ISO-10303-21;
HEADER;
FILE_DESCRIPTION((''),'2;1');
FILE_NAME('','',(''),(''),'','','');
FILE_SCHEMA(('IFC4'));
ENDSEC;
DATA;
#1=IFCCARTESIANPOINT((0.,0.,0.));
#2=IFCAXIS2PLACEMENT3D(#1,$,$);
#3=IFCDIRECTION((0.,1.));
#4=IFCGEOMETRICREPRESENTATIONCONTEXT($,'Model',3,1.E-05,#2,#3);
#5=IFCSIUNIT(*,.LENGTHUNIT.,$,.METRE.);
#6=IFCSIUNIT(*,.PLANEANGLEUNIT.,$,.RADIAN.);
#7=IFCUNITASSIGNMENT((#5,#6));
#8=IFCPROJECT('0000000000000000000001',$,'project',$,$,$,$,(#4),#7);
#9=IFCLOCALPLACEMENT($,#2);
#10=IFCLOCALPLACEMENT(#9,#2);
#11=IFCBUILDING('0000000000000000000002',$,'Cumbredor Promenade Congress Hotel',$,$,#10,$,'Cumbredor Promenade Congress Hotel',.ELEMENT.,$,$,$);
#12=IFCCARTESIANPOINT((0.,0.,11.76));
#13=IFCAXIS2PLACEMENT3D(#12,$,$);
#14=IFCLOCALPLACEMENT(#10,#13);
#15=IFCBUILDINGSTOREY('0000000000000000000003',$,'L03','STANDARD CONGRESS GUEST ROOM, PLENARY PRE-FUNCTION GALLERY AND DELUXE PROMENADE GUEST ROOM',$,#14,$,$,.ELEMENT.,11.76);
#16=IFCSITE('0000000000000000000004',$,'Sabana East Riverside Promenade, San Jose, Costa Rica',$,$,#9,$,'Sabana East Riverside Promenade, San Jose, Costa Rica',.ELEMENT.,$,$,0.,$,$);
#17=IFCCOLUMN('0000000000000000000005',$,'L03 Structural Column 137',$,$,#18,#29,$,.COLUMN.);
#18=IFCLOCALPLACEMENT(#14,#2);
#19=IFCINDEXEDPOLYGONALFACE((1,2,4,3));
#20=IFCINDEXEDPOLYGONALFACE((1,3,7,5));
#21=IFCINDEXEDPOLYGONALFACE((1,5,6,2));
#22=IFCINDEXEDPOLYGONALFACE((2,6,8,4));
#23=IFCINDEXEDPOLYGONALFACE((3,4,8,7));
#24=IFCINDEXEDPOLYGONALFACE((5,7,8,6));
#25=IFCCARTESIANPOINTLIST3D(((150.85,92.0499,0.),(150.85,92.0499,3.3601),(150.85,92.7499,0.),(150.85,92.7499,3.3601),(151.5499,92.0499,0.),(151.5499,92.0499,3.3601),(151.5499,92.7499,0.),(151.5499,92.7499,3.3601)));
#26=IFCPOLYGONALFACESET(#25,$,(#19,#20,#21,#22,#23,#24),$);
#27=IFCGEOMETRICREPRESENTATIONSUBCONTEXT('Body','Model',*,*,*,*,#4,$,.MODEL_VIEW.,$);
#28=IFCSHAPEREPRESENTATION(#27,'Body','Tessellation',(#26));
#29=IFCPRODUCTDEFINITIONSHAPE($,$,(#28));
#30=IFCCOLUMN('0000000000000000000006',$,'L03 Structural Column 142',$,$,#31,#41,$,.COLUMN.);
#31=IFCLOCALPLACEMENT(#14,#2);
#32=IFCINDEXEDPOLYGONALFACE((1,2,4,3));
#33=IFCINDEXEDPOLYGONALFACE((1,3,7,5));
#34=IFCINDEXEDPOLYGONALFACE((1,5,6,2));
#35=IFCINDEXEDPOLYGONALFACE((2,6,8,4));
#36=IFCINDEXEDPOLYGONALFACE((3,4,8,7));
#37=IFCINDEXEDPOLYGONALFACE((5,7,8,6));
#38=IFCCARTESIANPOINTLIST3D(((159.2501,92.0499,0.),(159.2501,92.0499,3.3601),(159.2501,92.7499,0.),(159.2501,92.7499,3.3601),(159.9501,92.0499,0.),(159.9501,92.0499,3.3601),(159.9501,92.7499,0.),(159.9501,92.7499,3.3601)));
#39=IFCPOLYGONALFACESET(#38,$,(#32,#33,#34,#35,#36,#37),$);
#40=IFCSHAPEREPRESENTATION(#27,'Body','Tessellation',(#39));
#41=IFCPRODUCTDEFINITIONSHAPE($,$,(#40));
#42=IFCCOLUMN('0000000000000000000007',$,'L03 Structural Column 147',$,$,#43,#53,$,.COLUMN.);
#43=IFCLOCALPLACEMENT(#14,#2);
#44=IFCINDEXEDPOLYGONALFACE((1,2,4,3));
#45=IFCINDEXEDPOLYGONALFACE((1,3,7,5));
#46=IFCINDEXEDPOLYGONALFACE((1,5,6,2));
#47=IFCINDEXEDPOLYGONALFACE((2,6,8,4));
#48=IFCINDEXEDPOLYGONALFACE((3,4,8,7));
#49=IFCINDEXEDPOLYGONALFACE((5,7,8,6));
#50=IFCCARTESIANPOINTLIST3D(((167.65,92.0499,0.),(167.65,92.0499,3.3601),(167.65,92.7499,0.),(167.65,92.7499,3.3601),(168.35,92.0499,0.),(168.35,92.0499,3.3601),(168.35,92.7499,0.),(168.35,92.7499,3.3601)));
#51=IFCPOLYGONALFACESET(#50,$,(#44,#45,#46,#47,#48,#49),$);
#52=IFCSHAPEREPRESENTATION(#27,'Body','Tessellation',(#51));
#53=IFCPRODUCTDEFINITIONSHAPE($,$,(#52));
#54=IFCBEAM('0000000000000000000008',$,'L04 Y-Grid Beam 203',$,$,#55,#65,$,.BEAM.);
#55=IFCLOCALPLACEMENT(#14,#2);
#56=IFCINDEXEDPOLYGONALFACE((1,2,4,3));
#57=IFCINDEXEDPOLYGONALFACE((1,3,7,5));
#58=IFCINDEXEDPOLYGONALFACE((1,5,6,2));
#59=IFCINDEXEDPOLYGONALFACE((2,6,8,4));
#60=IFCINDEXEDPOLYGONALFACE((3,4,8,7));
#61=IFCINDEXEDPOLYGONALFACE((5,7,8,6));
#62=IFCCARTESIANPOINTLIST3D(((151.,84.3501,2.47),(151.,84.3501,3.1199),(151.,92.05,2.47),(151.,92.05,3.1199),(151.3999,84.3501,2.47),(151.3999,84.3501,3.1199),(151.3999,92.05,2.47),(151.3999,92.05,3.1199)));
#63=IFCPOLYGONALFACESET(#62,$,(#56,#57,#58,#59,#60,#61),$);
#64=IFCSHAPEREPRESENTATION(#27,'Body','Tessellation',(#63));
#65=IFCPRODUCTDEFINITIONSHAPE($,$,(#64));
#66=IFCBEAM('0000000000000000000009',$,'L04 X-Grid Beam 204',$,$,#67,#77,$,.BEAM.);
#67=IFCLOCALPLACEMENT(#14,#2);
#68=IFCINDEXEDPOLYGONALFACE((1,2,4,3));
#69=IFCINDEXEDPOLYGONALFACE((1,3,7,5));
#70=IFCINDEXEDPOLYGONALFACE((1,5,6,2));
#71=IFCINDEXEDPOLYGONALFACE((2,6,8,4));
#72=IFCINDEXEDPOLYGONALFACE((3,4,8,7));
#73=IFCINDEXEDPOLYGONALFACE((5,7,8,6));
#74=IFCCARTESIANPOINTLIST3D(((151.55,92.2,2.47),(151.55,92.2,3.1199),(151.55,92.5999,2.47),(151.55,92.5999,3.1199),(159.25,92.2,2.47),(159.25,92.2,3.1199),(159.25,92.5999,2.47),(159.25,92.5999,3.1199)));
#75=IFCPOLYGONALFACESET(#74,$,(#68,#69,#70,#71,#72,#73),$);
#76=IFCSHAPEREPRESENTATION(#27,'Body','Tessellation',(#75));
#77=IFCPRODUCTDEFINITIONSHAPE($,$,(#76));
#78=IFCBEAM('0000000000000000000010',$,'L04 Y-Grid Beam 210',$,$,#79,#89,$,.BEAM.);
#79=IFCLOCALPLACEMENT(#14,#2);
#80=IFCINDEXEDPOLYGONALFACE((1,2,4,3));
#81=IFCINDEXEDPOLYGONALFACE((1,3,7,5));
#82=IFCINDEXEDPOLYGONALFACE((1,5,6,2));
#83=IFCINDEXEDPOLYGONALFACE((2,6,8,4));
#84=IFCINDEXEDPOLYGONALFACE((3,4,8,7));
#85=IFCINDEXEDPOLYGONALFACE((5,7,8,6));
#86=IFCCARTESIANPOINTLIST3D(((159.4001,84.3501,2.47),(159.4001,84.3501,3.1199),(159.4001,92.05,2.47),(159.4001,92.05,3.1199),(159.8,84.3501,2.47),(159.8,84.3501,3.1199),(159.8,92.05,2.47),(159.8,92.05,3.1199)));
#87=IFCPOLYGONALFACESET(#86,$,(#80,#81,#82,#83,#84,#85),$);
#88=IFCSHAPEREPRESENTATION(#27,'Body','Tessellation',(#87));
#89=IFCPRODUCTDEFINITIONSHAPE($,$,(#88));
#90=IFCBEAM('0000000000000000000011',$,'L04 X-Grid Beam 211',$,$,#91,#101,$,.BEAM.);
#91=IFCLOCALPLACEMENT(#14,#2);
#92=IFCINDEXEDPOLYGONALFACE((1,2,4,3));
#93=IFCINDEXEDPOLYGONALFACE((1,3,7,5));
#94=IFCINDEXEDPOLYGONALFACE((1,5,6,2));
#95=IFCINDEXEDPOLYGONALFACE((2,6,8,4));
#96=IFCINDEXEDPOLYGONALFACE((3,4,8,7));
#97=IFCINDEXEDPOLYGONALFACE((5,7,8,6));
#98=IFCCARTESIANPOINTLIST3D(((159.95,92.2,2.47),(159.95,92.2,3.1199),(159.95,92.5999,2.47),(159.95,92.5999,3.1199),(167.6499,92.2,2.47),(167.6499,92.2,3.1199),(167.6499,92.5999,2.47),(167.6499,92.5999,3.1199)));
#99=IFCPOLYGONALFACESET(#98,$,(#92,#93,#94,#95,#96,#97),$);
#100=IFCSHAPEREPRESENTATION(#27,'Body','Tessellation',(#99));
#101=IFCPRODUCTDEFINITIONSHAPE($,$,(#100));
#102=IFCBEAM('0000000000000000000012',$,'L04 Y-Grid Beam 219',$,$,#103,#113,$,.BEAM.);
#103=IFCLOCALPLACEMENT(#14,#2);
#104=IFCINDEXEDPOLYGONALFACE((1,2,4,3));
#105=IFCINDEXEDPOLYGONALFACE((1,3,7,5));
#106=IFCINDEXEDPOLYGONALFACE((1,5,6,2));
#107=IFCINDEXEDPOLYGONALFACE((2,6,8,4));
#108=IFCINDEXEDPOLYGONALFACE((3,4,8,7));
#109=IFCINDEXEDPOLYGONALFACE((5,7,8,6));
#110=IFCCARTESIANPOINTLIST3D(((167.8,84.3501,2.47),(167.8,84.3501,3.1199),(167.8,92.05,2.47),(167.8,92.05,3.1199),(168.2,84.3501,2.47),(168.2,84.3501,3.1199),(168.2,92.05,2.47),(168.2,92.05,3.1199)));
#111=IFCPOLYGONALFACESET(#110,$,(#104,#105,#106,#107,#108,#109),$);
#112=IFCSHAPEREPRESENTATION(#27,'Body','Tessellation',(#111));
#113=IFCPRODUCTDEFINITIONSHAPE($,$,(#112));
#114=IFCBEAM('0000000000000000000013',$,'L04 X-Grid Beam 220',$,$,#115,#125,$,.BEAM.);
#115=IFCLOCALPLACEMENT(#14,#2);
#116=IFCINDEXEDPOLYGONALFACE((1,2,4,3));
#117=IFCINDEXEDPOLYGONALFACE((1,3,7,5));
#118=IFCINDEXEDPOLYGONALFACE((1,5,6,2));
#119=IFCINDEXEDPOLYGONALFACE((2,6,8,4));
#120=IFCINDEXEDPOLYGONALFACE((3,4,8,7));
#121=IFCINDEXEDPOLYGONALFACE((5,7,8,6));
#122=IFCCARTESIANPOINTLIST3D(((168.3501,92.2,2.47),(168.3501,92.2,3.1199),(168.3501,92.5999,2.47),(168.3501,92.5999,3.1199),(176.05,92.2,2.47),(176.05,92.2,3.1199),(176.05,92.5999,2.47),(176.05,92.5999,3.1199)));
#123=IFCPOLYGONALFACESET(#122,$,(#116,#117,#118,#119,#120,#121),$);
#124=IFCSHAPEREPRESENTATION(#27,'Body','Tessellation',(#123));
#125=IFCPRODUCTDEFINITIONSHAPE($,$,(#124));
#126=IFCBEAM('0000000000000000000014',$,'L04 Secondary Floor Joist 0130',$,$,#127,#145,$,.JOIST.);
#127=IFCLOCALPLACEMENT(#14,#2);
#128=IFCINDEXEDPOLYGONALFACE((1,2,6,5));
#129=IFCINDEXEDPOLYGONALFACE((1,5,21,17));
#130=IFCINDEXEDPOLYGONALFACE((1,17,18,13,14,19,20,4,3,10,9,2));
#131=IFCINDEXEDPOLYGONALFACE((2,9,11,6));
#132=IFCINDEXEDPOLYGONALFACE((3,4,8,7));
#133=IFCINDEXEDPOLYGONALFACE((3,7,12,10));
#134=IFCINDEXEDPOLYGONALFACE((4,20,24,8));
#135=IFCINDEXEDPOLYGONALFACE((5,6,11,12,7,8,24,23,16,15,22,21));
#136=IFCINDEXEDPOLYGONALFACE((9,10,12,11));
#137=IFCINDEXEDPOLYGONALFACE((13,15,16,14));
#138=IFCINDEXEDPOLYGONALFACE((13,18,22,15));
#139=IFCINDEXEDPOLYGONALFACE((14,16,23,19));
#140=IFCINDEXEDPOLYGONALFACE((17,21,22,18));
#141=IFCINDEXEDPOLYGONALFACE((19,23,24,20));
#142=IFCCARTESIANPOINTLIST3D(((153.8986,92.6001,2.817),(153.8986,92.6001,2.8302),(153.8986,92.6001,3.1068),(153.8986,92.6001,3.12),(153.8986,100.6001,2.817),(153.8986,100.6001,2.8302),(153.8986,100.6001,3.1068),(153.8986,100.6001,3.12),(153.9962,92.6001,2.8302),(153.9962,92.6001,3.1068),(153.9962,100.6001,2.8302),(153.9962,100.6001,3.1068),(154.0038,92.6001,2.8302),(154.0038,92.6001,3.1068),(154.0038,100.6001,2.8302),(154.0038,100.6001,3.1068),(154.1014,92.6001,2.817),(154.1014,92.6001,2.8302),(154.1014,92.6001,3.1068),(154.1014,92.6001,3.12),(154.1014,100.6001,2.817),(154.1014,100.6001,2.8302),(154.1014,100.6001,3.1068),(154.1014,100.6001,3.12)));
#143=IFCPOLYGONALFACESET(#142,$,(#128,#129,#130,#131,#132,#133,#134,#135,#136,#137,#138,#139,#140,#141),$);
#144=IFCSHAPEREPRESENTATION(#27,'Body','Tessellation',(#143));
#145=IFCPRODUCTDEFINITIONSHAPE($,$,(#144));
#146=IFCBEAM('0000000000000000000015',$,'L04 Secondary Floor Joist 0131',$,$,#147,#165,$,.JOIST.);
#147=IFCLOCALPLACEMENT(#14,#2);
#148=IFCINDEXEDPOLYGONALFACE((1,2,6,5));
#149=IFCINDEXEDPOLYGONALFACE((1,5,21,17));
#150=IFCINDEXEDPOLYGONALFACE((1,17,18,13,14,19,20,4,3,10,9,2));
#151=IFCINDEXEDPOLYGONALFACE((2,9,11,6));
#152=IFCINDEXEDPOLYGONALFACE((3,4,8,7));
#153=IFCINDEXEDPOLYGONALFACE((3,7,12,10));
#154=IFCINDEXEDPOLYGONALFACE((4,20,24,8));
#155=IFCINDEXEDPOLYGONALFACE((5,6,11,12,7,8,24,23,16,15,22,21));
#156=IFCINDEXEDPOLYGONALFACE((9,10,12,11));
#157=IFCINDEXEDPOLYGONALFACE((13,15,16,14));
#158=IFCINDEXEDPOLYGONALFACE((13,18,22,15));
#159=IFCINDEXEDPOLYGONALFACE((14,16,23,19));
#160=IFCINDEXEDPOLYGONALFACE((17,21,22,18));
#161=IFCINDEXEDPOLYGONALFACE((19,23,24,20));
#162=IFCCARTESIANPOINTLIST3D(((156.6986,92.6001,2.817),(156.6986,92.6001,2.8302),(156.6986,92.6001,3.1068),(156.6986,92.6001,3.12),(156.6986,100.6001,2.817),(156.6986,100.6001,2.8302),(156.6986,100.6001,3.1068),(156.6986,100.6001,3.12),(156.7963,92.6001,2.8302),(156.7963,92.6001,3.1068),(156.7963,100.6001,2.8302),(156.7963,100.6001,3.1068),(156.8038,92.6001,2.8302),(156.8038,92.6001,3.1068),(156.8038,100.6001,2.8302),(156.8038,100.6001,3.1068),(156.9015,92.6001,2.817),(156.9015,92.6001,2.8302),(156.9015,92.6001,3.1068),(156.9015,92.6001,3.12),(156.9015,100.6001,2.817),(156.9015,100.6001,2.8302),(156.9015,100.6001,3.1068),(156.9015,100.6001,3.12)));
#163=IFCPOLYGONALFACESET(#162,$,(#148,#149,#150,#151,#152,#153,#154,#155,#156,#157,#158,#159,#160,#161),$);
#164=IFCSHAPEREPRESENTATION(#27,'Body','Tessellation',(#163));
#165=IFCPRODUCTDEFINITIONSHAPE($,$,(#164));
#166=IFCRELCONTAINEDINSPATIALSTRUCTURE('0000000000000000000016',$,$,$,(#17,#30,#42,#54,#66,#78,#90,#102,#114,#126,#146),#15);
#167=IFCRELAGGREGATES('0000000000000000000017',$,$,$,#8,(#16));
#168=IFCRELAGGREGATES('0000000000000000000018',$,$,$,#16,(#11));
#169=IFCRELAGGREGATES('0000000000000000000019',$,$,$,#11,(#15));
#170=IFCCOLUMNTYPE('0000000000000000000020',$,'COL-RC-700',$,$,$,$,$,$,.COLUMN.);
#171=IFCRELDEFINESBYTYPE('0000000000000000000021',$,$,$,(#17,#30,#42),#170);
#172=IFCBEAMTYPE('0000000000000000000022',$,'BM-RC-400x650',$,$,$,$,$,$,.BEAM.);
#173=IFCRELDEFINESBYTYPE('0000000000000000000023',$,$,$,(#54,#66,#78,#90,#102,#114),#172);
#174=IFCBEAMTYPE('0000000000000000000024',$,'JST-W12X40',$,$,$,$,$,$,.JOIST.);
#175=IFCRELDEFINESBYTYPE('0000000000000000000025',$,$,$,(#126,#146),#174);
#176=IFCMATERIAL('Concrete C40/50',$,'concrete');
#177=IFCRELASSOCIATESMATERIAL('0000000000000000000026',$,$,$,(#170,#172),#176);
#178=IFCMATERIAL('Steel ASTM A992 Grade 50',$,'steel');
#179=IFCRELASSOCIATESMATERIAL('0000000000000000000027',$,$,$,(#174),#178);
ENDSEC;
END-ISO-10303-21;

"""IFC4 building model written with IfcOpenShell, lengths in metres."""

from ifc_helpers import new_model, si_unit, direction, frame, origin, origin_2d, place, context, subcontext, project, spatial, rectangle, i_section, extrude, material, material_profile, profile_set, type_object, element, save


model = new_model("IFC4")

# Units and contexts
model_context = context("Model", 3, precision=1e-05, world=origin(), true_north=direction((0.0, 1.0)))
body_context = subcontext(model_context, "Body", "Model", "MODEL_VIEW")
ifc_project = project(units=[si_unit("LENGTHUNIT", "METRE"), si_unit("PLANEANGLEUNIT", "RADIAN")], contexts=[model_context])

# Site, building, storey
site_placement = place(None, origin())
site = spatial("IfcSite", under=ifc_project, at=site_placement, Name="Sabana East Riverside Promenade, San Jose, Costa Rica", LongName="Sabana East Riverside Promenade, San Jose, Costa Rica", CompositionType="ELEMENT", RefElevation=0.0)
building_placement = place(site_placement, origin())
building = spatial("IfcBuilding", under=site, at=building_placement, Name="Cumbredor Promenade Congress Hotel", LongName="Cumbredor Promenade Congress Hotel", CompositionType="ELEMENT")
storey_placement = place(building_placement, frame((0.0, 0.0, 11.76)))
storey = spatial("IfcBuildingStorey", under=building, at=storey_placement, Name="L03", Description="STANDARD CONGRESS GUEST ROOM, PLENARY PRE-FUNCTION GALLERY AND DELUXE PROMENADE GUEST ROOM", CompositionType="ELEMENT", Elevation=11.76)

# Columns
ifc_material_1 = material(Name="Concrete C40/50", Category="concrete")
ifc_material_profile_1 = material_profile(ifc_material_1, rectangle(XDim=0.7, YDim=0.7, at=origin_2d()), Name="RC 700x700")
ifc_profile_set_1 = profile_set([ifc_material_profile_1], Name="Concrete C40/50")
column_type = type_object("IfcColumnType", Name="COL-RC-700", PredefinedType="COLUMN", material=ifc_profile_set_1)
for number, where, z_axis, x_axis, name in (
    (1, (151.2, 92.3999, 0.0), (0.0, 0.0, 1.0), (1.0, 0.0, 0.0), "L03 Structural Column 137"),
    (2, (159.6001, 92.3999, 0.0), (0.0, 0.0, 1.0), (1.0, 0.0, 0.0), "L03 Structural Column 142"),
    (3, (168.0, 92.3999, 0.0), (0.0, 0.0, 1.0), (1.0, 0.0, 0.0), "L03 Structural Column 147"),
):
    element("IfcColumn", number, at=place(storey_placement, frame(where, z_axis=z_axis, x_axis=x_axis)), inside=storey, type_object=column_type, Name=name, PredefinedType="COLUMN", context=body_context, shape_type="SweptSolid", body=[
        extrude(rectangle(XDim=0.7, YDim=0.7, at=origin_2d()), origin(), (0.0, 0.0, 1.0), 3.3601),
    ])

# Beams
ifc_material_profile_2 = material_profile(ifc_material_1, rectangle(XDim=0.3999, YDim=0.6499, at=origin_2d()), Name="RC BEAM 400x650")
ifc_profile_set_2 = profile_set([ifc_material_profile_2], Name="Concrete C40/50")
beam_type_1 = type_object("IfcBeamType", Name="BM-RC-400x650", PredefinedType="BEAM", material=ifc_profile_set_2)
for number, where, z_axis, x_axis, name in (
    (4, (151.2, 84.3501, 2.7949), (0.0, 1.0, 0.0), (-1.0, 0.0, 0.0), "L04 Y-Grid Beam 203"),
    (5, (151.55, 92.3999, 2.7949), (1.0, 0.0, 0.0), (0.0, 1.0, 0.0), "L04 X-Grid Beam 204"),
    (6, (159.6001, 84.3501, 2.7949), (0.0, 1.0, 0.0), (-1.0, 0.0, 0.0), "L04 Y-Grid Beam 210"),
    (7, (159.95, 92.3999, 2.7949), (1.0, 0.0, 0.0), (0.0, 1.0, 0.0), "L04 X-Grid Beam 211"),
    (8, (168.0, 84.3501, 2.7949), (0.0, 1.0, 0.0), (-1.0, 0.0, 0.0), "L04 Y-Grid Beam 219"),
    (9, (168.3501, 92.3999, 2.7949), (1.0, 0.0, 0.0), (0.0, 1.0, 0.0), "L04 X-Grid Beam 220"),
):
    element("IfcBeam", number, at=place(storey_placement, frame(where, z_axis=z_axis, x_axis=x_axis)), inside=storey, type_object=beam_type_1, Name=name, PredefinedType="BEAM", context=body_context, shape_type="SweptSolid", body=[
        extrude(rectangle(XDim=0.3999, YDim=0.6499, at=origin_2d()), origin(), (0.0, 0.0, 1.0), 7.7),
    ])
ifc_material_2 = material(Name="Steel ASTM A992 Grade 50", Category="steel")
ifc_material_profile_3 = material_profile(ifc_material_2, i_section(OverallWidth=0.2029, OverallDepth=0.303, WebThickness=0.0076, FlangeThickness=0.0132, at=origin_2d()), Name="W12X40")
ifc_profile_set_3 = profile_set([ifc_material_profile_3], Name="Steel ASTM A992 Grade 50")
beam_type_2 = type_object("IfcBeamType", Name="JST-W12X40", PredefinedType="JOIST", material=ifc_profile_set_3)
for number, where, z_axis, x_axis, name in (
    (10, (154.0, 92.6001, 2.9685), (0.0, 1.0, 0.0), (-1.0, 0.0, 0.0), "L04 Secondary Floor Joist 0130"),
    (11, (156.8, 92.6001, 2.9685), (0.0, 1.0, 0.0), (-1.0, 0.0, 0.0), "L04 Secondary Floor Joist 0131"),
):
    element("IfcBeam", number, at=place(storey_placement, frame(where, z_axis=z_axis, x_axis=x_axis)), inside=storey, type_object=beam_type_2, Name=name, PredefinedType="JOIST", context=body_context, shape_type="SweptSolid", body=[
        extrude(i_section(OverallWidth=0.2029, OverallDepth=0.303, WebThickness=0.0076, FlangeThickness=0.0132, at=origin_2d()), origin(), (0.0, 0.0, 1.0), 8.0),
    ])

save(model, "model.ifc")
